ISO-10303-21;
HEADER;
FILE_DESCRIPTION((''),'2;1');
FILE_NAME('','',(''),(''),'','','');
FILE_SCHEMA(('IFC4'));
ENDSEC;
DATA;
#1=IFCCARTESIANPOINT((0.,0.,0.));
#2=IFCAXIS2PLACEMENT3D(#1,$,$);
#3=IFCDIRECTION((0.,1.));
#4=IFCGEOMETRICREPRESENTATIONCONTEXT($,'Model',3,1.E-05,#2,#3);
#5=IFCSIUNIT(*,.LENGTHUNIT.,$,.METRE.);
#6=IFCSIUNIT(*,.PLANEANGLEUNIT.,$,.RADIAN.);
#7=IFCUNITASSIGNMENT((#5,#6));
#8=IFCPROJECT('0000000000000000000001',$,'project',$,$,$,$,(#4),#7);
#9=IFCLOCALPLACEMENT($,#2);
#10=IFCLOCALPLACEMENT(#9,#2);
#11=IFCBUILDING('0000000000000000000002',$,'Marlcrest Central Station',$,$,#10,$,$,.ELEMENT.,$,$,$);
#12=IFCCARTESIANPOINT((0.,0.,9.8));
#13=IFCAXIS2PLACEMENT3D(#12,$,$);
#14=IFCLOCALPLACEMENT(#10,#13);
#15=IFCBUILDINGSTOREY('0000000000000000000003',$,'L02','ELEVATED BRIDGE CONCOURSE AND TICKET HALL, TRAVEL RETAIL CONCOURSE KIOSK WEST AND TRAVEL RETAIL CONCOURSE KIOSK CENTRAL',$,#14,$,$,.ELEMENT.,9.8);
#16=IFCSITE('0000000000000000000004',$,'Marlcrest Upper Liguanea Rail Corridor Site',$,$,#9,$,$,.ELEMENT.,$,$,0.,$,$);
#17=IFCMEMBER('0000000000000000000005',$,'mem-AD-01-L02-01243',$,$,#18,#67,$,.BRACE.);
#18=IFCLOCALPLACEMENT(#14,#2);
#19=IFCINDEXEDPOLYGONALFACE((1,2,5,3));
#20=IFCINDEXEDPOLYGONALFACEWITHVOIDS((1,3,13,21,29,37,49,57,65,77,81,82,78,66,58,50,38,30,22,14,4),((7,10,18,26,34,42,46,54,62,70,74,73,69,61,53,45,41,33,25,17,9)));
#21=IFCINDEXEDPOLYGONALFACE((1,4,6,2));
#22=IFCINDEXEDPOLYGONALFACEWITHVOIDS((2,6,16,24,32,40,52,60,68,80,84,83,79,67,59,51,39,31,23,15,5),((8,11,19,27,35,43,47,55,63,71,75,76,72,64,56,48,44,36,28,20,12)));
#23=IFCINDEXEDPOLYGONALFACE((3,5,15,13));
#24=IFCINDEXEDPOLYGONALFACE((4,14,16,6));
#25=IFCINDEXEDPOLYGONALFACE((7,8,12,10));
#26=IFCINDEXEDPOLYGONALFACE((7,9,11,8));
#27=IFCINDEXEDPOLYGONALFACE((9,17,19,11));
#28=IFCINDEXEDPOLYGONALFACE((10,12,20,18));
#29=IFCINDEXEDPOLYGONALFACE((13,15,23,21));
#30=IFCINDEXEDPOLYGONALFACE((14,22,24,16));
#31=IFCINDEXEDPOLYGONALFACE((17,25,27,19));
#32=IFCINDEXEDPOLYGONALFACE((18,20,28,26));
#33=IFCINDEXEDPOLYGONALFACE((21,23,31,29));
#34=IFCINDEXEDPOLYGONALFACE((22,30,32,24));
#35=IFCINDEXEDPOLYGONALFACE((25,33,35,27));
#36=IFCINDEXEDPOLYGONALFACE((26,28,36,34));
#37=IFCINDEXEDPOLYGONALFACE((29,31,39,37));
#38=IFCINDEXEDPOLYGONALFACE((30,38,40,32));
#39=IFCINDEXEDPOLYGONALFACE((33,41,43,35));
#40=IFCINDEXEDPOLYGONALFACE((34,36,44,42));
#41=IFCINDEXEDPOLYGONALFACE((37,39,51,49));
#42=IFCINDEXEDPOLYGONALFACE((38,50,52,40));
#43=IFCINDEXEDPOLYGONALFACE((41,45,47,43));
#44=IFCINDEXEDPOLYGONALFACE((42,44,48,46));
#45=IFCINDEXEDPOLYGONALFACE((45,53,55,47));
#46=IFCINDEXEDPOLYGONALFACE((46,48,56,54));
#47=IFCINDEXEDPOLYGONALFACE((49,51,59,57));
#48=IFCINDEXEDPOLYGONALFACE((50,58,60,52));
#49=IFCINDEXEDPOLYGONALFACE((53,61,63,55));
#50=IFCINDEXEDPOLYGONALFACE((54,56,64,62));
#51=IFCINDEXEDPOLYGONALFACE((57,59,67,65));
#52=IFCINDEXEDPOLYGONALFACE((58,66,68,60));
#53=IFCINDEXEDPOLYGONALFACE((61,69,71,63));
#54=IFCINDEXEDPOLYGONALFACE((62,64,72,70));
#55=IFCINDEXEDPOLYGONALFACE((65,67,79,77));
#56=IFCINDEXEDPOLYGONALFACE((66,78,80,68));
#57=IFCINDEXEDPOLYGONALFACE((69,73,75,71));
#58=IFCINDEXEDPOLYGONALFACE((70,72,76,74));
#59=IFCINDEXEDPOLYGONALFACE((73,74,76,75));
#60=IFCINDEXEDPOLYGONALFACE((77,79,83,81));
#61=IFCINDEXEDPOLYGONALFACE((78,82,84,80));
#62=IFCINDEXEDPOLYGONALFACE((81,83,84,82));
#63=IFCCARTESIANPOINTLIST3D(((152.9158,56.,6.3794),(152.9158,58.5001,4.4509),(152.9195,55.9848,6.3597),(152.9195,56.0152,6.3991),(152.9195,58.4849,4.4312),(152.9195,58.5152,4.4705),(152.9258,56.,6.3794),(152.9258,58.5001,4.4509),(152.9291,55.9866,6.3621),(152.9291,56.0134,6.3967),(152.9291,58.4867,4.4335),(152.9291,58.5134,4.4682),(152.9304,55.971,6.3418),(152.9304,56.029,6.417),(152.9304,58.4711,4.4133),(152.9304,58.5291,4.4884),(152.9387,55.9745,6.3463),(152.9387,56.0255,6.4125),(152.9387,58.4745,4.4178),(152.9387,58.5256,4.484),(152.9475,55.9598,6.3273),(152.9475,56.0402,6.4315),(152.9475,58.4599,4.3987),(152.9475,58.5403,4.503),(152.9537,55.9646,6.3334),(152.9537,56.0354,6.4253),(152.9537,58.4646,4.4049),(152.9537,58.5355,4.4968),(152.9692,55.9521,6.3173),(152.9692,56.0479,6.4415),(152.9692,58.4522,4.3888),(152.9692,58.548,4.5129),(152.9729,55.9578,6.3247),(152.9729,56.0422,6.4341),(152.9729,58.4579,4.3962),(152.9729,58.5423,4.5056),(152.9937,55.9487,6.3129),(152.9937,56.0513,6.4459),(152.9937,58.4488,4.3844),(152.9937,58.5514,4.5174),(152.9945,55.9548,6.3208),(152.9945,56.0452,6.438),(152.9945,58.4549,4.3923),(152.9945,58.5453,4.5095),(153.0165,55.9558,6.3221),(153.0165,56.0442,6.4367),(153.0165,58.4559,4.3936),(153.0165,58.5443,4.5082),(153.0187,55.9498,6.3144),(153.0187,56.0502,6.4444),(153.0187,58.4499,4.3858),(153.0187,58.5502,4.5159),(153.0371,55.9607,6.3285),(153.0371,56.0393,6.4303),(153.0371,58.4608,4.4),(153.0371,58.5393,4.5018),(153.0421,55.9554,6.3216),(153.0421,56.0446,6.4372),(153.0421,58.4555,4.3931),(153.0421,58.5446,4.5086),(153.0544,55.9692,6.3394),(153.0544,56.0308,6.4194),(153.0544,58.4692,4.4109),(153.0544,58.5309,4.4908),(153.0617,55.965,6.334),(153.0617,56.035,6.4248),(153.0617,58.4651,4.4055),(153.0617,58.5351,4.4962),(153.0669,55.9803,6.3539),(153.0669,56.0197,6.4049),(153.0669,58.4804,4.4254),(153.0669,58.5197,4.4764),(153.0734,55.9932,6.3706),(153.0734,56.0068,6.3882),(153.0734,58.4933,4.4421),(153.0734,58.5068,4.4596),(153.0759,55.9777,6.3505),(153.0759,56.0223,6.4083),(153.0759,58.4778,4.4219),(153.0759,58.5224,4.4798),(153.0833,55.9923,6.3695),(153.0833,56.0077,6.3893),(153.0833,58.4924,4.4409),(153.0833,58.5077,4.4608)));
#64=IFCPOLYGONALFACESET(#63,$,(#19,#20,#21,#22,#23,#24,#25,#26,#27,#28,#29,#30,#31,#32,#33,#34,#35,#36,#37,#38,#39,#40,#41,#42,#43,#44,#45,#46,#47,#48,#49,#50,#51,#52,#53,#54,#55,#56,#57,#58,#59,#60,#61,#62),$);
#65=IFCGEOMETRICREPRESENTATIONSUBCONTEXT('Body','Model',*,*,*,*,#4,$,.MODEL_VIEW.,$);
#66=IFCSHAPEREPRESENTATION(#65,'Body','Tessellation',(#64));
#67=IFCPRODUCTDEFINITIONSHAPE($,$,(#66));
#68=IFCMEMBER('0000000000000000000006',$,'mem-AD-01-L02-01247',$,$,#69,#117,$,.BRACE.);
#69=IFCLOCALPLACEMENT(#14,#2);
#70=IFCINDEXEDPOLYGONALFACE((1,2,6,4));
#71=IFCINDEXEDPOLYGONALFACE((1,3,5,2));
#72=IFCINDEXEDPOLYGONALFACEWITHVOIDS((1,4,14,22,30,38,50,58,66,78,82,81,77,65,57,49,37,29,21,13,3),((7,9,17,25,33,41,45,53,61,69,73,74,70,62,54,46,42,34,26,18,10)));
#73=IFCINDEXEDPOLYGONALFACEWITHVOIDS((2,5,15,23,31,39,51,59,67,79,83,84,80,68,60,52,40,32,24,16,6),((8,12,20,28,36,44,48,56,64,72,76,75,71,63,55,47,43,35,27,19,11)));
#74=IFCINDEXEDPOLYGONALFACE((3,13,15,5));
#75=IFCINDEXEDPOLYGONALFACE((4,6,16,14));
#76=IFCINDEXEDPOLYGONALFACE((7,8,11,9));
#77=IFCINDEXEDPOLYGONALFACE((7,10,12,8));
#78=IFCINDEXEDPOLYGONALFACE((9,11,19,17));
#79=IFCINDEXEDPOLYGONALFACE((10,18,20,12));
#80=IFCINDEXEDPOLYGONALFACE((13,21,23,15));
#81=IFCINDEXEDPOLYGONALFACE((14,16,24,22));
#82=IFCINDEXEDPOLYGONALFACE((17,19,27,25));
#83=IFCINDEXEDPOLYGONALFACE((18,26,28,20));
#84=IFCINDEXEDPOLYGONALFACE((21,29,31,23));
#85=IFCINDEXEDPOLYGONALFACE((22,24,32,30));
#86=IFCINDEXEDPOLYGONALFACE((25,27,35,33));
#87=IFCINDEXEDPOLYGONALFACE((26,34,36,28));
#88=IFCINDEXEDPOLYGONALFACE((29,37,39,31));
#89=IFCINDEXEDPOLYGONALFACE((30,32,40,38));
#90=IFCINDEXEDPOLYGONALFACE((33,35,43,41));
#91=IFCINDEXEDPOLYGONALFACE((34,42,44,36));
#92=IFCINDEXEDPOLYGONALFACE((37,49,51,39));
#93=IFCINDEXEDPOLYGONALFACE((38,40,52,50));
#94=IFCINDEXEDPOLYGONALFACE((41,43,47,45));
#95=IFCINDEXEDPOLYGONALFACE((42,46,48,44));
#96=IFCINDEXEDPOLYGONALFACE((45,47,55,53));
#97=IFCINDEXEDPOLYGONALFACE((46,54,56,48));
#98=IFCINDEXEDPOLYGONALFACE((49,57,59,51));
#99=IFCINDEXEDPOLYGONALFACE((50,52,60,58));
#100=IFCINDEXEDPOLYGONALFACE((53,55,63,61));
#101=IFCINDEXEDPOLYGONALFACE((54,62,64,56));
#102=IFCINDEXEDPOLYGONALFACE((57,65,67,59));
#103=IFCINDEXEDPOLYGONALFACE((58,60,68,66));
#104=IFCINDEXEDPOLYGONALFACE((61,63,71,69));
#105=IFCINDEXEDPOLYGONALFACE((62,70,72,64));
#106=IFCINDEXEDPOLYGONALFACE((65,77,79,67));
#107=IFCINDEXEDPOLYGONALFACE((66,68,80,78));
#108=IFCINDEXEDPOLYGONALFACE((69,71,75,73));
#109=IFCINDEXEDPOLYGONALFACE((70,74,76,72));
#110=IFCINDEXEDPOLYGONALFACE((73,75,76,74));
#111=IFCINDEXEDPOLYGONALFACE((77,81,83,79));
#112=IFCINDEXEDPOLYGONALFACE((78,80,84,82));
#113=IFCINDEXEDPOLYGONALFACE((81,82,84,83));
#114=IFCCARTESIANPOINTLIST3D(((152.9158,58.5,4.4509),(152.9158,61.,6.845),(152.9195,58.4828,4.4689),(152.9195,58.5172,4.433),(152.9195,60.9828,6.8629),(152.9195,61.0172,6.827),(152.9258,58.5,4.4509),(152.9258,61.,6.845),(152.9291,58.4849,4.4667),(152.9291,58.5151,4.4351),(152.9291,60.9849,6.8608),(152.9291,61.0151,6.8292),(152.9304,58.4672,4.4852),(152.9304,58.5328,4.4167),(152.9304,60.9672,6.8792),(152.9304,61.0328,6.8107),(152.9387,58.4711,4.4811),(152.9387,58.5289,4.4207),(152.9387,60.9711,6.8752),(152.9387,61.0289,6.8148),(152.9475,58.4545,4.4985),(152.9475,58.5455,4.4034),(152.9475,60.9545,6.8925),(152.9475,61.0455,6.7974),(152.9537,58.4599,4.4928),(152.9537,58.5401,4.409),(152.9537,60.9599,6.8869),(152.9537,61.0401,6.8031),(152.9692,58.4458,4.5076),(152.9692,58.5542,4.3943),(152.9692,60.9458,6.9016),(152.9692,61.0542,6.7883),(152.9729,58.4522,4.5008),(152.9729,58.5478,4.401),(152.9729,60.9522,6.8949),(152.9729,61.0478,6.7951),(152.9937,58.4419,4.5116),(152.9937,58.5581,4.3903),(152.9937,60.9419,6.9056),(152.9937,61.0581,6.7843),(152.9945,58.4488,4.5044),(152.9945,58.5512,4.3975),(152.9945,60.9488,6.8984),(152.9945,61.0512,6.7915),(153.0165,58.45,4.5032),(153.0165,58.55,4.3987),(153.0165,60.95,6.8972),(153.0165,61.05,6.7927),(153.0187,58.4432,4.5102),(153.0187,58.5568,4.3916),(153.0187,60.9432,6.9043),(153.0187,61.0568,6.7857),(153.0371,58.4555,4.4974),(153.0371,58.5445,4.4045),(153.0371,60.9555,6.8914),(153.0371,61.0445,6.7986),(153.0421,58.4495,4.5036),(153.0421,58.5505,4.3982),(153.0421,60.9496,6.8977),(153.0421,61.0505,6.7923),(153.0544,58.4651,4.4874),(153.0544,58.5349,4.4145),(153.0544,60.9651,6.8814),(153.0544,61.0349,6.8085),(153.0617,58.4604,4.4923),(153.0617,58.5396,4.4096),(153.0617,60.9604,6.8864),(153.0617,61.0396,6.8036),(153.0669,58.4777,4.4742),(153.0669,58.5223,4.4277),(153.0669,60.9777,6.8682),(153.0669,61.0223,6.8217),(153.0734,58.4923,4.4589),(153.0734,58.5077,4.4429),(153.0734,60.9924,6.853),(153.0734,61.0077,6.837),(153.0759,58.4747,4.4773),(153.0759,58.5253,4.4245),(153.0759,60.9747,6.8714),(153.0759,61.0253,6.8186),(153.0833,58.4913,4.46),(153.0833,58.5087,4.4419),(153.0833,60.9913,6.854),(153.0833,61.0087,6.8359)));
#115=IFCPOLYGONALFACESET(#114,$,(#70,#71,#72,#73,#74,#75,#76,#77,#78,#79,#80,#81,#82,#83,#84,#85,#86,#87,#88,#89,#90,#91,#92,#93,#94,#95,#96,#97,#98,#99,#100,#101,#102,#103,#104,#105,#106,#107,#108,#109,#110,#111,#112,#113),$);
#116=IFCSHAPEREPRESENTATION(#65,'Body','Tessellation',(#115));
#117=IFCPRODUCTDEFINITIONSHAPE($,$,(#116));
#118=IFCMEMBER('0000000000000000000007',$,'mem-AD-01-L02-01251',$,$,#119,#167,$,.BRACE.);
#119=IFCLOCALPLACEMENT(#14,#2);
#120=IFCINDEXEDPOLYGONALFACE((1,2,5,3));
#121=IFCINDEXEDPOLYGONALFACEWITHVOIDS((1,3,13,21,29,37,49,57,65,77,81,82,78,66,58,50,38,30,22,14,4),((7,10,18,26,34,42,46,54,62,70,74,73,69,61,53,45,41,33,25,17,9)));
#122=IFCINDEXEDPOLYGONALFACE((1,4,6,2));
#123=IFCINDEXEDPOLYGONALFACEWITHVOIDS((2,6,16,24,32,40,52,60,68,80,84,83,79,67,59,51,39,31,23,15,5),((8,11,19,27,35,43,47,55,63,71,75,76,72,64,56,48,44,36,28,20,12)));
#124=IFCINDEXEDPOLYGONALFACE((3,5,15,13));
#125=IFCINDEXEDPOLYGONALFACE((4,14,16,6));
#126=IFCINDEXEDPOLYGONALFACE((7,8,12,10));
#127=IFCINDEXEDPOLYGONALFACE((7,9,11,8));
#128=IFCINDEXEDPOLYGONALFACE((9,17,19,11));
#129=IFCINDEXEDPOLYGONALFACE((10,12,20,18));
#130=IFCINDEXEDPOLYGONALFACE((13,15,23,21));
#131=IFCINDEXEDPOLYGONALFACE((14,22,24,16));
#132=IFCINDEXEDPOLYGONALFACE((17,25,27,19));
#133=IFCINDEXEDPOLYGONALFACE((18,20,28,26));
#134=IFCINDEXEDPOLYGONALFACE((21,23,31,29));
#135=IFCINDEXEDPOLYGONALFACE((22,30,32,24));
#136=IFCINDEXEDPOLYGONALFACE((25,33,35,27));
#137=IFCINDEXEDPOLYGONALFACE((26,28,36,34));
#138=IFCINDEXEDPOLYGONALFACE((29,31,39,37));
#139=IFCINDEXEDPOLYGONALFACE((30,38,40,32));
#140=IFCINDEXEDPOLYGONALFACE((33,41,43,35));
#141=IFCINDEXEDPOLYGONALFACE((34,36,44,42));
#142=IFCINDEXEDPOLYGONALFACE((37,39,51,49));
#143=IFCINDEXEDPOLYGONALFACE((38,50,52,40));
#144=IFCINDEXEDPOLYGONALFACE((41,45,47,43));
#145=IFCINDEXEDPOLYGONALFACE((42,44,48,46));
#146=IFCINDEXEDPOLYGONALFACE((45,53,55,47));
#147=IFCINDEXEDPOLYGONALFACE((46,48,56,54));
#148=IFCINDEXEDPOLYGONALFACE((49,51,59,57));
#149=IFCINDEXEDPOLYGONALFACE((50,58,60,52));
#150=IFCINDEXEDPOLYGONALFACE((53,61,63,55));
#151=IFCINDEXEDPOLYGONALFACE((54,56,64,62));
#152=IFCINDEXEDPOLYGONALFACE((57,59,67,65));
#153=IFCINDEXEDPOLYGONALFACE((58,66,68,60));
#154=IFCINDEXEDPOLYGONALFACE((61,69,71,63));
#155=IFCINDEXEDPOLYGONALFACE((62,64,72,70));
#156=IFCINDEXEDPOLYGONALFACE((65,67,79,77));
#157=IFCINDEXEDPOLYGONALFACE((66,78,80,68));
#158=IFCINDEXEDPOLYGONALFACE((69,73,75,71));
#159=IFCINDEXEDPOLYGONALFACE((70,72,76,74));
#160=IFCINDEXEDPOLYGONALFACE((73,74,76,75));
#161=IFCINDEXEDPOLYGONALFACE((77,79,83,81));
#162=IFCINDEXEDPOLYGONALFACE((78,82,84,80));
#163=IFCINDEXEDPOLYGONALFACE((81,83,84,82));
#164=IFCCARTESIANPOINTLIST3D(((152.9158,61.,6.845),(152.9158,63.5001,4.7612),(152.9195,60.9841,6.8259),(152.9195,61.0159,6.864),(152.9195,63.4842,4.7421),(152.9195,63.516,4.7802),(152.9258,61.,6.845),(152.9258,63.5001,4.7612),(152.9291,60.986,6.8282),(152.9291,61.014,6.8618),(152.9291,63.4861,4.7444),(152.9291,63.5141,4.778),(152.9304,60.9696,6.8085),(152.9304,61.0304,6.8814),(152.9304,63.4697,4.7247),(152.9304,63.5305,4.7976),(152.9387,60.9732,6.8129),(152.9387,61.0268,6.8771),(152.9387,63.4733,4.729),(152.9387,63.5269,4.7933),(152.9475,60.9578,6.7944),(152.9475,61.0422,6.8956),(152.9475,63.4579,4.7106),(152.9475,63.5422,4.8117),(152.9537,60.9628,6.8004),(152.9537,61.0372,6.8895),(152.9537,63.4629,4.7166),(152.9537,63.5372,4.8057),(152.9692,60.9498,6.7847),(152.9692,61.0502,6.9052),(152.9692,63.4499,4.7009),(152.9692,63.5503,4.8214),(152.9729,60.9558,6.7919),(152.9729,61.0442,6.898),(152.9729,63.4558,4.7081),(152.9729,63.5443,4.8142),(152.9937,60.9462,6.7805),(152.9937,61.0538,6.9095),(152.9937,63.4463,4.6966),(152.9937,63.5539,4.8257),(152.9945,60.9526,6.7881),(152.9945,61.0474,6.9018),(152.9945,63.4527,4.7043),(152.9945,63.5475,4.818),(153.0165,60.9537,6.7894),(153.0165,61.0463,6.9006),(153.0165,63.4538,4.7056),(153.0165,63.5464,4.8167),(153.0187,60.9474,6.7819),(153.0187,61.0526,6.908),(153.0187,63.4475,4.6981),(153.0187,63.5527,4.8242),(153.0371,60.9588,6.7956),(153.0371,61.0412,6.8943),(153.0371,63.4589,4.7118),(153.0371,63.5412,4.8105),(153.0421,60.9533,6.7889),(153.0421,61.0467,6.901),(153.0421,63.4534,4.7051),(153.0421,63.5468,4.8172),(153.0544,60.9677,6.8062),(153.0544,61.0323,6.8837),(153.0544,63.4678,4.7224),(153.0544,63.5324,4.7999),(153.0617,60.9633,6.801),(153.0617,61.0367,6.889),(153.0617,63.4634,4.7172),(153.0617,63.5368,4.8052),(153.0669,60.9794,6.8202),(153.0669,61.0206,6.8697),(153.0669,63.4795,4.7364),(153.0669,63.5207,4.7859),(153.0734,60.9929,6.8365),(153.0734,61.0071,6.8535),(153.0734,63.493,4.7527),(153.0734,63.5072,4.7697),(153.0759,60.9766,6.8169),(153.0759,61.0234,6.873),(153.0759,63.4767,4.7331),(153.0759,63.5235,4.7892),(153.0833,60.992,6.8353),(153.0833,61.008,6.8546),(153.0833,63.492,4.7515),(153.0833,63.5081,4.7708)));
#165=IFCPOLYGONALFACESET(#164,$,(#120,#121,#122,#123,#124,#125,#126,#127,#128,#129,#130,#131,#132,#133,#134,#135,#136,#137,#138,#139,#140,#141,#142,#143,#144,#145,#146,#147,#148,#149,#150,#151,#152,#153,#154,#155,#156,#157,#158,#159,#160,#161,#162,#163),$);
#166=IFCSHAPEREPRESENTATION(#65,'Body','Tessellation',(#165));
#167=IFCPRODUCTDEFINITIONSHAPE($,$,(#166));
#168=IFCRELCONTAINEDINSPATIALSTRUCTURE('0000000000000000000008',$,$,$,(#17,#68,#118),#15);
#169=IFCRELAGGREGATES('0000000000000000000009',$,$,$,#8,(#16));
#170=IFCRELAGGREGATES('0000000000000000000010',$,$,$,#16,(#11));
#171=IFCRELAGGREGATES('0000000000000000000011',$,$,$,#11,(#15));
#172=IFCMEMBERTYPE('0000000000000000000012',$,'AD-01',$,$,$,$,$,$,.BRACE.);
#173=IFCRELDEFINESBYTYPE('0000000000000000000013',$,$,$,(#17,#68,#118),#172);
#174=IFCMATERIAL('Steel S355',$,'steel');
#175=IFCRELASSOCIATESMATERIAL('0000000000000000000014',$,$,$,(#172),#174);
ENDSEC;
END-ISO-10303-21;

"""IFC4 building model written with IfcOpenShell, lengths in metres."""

from ifc_helpers import new_model, si_unit, direction, frame, origin, origin_2d, place, context, subcontext, project, spatial, hollow_circle, extrude, material, material_profile, profile_set, type_object, element, save


model = new_model("IFC4")

# Units and contexts
model_context = context("Model", 3, precision=1e-05, world=origin(), true_north=direction((0.0, 1.0)))
body_context = subcontext(model_context, "Body", "Model", "MODEL_VIEW")
ifc_project = project(units=[si_unit("LENGTHUNIT", "METRE"), si_unit("PLANEANGLEUNIT", "RADIAN")], contexts=[model_context])

# Site, building, storey
site_placement = place(None, origin())
site = spatial("IfcSite", under=ifc_project, at=site_placement, Name="Marlcrest Upper Liguanea Rail Corridor Site", CompositionType="ELEMENT", RefElevation=0.0)
building_placement = place(site_placement, origin())
building = spatial("IfcBuilding", under=site, at=building_placement, Name="Marlcrest Central Station", CompositionType="ELEMENT")
storey_placement = place(building_placement, frame((0.0, 0.0, 9.8)))
storey = spatial("IfcBuildingStorey", under=building, at=storey_placement, Name="L02", Description="ELEVATED BRIDGE CONCOURSE AND TICKET HALL, TRAVEL RETAIL CONCOURSE KIOSK WEST AND TRAVEL RETAIL CONCOURSE KIOSK CENTRAL", CompositionType="ELEMENT", Elevation=9.8)

# Members
ifc_material = material(Name="Steel S355", Category="steel")
ifc_material_profile_1 = material_profile(ifc_material, hollow_circle(Radius=0.0842, WallThickness=0.01, at=origin_2d()), Name="CHS 168.3x10")
ifc_profile_set_1 = profile_set([ifc_material_profile_1], Name="Steel S355")
member_type_1 = type_object("IfcMemberType", Name="AD-01", PredefinedType="BRACE", material=ifc_profile_set_1)
member_1_placement = place(storey_placement, frame((153.0, 56.0, 6.3794), z_axis=(0.0, 0.791798, -0.610783), x_axis=(-1.0, 0.0, 0.0)))
element("IfcMember", 1, at=member_1_placement, inside=storey, type_object=member_type_1, Name="mem-AD-01-L02-01243", PredefinedType="BRACE", context=body_context, shape_type="SweptSolid", body=[
    extrude(hollow_circle(Radius=0.0842, WallThickness=0.01, at=origin_2d()), origin(), (0.0, 0.0, 1.0), 3.1575),
])
member_2_placement = place(storey_placement, frame((153.0, 58.5, 4.4509), z_axis=(0.0, 0.722247, 0.691636), x_axis=(-1.0, 0.0, 0.0)))
element("IfcMember", 2, at=member_2_placement, inside=storey, type_object=member_type_1, Name="mem-AD-01-L02-01247", PredefinedType="BRACE", context=body_context, shape_type="SweptSolid", body=[
    extrude(hollow_circle(Radius=0.0842, WallThickness=0.01, at=origin_2d()), origin(), (0.0, 0.0, 1.0), 3.4614),
])
member_3_placement = place(storey_placement, frame((153.0, 61.0, 6.845), z_axis=(0.0, 0.76816, -0.640258), x_axis=(-1.0, 0.0, 0.0)))
element("IfcMember", 3, at=member_3_placement, inside=storey, type_object=member_type_1, Name="mem-AD-01-L02-01251", PredefinedType="BRACE", context=body_context, shape_type="SweptSolid", body=[
    extrude(hollow_circle(Radius=0.0842, WallThickness=0.01, at=origin_2d()), origin(), (0.0, 0.0, 1.0), 3.2546),
])

save(model, "model.ifc")
